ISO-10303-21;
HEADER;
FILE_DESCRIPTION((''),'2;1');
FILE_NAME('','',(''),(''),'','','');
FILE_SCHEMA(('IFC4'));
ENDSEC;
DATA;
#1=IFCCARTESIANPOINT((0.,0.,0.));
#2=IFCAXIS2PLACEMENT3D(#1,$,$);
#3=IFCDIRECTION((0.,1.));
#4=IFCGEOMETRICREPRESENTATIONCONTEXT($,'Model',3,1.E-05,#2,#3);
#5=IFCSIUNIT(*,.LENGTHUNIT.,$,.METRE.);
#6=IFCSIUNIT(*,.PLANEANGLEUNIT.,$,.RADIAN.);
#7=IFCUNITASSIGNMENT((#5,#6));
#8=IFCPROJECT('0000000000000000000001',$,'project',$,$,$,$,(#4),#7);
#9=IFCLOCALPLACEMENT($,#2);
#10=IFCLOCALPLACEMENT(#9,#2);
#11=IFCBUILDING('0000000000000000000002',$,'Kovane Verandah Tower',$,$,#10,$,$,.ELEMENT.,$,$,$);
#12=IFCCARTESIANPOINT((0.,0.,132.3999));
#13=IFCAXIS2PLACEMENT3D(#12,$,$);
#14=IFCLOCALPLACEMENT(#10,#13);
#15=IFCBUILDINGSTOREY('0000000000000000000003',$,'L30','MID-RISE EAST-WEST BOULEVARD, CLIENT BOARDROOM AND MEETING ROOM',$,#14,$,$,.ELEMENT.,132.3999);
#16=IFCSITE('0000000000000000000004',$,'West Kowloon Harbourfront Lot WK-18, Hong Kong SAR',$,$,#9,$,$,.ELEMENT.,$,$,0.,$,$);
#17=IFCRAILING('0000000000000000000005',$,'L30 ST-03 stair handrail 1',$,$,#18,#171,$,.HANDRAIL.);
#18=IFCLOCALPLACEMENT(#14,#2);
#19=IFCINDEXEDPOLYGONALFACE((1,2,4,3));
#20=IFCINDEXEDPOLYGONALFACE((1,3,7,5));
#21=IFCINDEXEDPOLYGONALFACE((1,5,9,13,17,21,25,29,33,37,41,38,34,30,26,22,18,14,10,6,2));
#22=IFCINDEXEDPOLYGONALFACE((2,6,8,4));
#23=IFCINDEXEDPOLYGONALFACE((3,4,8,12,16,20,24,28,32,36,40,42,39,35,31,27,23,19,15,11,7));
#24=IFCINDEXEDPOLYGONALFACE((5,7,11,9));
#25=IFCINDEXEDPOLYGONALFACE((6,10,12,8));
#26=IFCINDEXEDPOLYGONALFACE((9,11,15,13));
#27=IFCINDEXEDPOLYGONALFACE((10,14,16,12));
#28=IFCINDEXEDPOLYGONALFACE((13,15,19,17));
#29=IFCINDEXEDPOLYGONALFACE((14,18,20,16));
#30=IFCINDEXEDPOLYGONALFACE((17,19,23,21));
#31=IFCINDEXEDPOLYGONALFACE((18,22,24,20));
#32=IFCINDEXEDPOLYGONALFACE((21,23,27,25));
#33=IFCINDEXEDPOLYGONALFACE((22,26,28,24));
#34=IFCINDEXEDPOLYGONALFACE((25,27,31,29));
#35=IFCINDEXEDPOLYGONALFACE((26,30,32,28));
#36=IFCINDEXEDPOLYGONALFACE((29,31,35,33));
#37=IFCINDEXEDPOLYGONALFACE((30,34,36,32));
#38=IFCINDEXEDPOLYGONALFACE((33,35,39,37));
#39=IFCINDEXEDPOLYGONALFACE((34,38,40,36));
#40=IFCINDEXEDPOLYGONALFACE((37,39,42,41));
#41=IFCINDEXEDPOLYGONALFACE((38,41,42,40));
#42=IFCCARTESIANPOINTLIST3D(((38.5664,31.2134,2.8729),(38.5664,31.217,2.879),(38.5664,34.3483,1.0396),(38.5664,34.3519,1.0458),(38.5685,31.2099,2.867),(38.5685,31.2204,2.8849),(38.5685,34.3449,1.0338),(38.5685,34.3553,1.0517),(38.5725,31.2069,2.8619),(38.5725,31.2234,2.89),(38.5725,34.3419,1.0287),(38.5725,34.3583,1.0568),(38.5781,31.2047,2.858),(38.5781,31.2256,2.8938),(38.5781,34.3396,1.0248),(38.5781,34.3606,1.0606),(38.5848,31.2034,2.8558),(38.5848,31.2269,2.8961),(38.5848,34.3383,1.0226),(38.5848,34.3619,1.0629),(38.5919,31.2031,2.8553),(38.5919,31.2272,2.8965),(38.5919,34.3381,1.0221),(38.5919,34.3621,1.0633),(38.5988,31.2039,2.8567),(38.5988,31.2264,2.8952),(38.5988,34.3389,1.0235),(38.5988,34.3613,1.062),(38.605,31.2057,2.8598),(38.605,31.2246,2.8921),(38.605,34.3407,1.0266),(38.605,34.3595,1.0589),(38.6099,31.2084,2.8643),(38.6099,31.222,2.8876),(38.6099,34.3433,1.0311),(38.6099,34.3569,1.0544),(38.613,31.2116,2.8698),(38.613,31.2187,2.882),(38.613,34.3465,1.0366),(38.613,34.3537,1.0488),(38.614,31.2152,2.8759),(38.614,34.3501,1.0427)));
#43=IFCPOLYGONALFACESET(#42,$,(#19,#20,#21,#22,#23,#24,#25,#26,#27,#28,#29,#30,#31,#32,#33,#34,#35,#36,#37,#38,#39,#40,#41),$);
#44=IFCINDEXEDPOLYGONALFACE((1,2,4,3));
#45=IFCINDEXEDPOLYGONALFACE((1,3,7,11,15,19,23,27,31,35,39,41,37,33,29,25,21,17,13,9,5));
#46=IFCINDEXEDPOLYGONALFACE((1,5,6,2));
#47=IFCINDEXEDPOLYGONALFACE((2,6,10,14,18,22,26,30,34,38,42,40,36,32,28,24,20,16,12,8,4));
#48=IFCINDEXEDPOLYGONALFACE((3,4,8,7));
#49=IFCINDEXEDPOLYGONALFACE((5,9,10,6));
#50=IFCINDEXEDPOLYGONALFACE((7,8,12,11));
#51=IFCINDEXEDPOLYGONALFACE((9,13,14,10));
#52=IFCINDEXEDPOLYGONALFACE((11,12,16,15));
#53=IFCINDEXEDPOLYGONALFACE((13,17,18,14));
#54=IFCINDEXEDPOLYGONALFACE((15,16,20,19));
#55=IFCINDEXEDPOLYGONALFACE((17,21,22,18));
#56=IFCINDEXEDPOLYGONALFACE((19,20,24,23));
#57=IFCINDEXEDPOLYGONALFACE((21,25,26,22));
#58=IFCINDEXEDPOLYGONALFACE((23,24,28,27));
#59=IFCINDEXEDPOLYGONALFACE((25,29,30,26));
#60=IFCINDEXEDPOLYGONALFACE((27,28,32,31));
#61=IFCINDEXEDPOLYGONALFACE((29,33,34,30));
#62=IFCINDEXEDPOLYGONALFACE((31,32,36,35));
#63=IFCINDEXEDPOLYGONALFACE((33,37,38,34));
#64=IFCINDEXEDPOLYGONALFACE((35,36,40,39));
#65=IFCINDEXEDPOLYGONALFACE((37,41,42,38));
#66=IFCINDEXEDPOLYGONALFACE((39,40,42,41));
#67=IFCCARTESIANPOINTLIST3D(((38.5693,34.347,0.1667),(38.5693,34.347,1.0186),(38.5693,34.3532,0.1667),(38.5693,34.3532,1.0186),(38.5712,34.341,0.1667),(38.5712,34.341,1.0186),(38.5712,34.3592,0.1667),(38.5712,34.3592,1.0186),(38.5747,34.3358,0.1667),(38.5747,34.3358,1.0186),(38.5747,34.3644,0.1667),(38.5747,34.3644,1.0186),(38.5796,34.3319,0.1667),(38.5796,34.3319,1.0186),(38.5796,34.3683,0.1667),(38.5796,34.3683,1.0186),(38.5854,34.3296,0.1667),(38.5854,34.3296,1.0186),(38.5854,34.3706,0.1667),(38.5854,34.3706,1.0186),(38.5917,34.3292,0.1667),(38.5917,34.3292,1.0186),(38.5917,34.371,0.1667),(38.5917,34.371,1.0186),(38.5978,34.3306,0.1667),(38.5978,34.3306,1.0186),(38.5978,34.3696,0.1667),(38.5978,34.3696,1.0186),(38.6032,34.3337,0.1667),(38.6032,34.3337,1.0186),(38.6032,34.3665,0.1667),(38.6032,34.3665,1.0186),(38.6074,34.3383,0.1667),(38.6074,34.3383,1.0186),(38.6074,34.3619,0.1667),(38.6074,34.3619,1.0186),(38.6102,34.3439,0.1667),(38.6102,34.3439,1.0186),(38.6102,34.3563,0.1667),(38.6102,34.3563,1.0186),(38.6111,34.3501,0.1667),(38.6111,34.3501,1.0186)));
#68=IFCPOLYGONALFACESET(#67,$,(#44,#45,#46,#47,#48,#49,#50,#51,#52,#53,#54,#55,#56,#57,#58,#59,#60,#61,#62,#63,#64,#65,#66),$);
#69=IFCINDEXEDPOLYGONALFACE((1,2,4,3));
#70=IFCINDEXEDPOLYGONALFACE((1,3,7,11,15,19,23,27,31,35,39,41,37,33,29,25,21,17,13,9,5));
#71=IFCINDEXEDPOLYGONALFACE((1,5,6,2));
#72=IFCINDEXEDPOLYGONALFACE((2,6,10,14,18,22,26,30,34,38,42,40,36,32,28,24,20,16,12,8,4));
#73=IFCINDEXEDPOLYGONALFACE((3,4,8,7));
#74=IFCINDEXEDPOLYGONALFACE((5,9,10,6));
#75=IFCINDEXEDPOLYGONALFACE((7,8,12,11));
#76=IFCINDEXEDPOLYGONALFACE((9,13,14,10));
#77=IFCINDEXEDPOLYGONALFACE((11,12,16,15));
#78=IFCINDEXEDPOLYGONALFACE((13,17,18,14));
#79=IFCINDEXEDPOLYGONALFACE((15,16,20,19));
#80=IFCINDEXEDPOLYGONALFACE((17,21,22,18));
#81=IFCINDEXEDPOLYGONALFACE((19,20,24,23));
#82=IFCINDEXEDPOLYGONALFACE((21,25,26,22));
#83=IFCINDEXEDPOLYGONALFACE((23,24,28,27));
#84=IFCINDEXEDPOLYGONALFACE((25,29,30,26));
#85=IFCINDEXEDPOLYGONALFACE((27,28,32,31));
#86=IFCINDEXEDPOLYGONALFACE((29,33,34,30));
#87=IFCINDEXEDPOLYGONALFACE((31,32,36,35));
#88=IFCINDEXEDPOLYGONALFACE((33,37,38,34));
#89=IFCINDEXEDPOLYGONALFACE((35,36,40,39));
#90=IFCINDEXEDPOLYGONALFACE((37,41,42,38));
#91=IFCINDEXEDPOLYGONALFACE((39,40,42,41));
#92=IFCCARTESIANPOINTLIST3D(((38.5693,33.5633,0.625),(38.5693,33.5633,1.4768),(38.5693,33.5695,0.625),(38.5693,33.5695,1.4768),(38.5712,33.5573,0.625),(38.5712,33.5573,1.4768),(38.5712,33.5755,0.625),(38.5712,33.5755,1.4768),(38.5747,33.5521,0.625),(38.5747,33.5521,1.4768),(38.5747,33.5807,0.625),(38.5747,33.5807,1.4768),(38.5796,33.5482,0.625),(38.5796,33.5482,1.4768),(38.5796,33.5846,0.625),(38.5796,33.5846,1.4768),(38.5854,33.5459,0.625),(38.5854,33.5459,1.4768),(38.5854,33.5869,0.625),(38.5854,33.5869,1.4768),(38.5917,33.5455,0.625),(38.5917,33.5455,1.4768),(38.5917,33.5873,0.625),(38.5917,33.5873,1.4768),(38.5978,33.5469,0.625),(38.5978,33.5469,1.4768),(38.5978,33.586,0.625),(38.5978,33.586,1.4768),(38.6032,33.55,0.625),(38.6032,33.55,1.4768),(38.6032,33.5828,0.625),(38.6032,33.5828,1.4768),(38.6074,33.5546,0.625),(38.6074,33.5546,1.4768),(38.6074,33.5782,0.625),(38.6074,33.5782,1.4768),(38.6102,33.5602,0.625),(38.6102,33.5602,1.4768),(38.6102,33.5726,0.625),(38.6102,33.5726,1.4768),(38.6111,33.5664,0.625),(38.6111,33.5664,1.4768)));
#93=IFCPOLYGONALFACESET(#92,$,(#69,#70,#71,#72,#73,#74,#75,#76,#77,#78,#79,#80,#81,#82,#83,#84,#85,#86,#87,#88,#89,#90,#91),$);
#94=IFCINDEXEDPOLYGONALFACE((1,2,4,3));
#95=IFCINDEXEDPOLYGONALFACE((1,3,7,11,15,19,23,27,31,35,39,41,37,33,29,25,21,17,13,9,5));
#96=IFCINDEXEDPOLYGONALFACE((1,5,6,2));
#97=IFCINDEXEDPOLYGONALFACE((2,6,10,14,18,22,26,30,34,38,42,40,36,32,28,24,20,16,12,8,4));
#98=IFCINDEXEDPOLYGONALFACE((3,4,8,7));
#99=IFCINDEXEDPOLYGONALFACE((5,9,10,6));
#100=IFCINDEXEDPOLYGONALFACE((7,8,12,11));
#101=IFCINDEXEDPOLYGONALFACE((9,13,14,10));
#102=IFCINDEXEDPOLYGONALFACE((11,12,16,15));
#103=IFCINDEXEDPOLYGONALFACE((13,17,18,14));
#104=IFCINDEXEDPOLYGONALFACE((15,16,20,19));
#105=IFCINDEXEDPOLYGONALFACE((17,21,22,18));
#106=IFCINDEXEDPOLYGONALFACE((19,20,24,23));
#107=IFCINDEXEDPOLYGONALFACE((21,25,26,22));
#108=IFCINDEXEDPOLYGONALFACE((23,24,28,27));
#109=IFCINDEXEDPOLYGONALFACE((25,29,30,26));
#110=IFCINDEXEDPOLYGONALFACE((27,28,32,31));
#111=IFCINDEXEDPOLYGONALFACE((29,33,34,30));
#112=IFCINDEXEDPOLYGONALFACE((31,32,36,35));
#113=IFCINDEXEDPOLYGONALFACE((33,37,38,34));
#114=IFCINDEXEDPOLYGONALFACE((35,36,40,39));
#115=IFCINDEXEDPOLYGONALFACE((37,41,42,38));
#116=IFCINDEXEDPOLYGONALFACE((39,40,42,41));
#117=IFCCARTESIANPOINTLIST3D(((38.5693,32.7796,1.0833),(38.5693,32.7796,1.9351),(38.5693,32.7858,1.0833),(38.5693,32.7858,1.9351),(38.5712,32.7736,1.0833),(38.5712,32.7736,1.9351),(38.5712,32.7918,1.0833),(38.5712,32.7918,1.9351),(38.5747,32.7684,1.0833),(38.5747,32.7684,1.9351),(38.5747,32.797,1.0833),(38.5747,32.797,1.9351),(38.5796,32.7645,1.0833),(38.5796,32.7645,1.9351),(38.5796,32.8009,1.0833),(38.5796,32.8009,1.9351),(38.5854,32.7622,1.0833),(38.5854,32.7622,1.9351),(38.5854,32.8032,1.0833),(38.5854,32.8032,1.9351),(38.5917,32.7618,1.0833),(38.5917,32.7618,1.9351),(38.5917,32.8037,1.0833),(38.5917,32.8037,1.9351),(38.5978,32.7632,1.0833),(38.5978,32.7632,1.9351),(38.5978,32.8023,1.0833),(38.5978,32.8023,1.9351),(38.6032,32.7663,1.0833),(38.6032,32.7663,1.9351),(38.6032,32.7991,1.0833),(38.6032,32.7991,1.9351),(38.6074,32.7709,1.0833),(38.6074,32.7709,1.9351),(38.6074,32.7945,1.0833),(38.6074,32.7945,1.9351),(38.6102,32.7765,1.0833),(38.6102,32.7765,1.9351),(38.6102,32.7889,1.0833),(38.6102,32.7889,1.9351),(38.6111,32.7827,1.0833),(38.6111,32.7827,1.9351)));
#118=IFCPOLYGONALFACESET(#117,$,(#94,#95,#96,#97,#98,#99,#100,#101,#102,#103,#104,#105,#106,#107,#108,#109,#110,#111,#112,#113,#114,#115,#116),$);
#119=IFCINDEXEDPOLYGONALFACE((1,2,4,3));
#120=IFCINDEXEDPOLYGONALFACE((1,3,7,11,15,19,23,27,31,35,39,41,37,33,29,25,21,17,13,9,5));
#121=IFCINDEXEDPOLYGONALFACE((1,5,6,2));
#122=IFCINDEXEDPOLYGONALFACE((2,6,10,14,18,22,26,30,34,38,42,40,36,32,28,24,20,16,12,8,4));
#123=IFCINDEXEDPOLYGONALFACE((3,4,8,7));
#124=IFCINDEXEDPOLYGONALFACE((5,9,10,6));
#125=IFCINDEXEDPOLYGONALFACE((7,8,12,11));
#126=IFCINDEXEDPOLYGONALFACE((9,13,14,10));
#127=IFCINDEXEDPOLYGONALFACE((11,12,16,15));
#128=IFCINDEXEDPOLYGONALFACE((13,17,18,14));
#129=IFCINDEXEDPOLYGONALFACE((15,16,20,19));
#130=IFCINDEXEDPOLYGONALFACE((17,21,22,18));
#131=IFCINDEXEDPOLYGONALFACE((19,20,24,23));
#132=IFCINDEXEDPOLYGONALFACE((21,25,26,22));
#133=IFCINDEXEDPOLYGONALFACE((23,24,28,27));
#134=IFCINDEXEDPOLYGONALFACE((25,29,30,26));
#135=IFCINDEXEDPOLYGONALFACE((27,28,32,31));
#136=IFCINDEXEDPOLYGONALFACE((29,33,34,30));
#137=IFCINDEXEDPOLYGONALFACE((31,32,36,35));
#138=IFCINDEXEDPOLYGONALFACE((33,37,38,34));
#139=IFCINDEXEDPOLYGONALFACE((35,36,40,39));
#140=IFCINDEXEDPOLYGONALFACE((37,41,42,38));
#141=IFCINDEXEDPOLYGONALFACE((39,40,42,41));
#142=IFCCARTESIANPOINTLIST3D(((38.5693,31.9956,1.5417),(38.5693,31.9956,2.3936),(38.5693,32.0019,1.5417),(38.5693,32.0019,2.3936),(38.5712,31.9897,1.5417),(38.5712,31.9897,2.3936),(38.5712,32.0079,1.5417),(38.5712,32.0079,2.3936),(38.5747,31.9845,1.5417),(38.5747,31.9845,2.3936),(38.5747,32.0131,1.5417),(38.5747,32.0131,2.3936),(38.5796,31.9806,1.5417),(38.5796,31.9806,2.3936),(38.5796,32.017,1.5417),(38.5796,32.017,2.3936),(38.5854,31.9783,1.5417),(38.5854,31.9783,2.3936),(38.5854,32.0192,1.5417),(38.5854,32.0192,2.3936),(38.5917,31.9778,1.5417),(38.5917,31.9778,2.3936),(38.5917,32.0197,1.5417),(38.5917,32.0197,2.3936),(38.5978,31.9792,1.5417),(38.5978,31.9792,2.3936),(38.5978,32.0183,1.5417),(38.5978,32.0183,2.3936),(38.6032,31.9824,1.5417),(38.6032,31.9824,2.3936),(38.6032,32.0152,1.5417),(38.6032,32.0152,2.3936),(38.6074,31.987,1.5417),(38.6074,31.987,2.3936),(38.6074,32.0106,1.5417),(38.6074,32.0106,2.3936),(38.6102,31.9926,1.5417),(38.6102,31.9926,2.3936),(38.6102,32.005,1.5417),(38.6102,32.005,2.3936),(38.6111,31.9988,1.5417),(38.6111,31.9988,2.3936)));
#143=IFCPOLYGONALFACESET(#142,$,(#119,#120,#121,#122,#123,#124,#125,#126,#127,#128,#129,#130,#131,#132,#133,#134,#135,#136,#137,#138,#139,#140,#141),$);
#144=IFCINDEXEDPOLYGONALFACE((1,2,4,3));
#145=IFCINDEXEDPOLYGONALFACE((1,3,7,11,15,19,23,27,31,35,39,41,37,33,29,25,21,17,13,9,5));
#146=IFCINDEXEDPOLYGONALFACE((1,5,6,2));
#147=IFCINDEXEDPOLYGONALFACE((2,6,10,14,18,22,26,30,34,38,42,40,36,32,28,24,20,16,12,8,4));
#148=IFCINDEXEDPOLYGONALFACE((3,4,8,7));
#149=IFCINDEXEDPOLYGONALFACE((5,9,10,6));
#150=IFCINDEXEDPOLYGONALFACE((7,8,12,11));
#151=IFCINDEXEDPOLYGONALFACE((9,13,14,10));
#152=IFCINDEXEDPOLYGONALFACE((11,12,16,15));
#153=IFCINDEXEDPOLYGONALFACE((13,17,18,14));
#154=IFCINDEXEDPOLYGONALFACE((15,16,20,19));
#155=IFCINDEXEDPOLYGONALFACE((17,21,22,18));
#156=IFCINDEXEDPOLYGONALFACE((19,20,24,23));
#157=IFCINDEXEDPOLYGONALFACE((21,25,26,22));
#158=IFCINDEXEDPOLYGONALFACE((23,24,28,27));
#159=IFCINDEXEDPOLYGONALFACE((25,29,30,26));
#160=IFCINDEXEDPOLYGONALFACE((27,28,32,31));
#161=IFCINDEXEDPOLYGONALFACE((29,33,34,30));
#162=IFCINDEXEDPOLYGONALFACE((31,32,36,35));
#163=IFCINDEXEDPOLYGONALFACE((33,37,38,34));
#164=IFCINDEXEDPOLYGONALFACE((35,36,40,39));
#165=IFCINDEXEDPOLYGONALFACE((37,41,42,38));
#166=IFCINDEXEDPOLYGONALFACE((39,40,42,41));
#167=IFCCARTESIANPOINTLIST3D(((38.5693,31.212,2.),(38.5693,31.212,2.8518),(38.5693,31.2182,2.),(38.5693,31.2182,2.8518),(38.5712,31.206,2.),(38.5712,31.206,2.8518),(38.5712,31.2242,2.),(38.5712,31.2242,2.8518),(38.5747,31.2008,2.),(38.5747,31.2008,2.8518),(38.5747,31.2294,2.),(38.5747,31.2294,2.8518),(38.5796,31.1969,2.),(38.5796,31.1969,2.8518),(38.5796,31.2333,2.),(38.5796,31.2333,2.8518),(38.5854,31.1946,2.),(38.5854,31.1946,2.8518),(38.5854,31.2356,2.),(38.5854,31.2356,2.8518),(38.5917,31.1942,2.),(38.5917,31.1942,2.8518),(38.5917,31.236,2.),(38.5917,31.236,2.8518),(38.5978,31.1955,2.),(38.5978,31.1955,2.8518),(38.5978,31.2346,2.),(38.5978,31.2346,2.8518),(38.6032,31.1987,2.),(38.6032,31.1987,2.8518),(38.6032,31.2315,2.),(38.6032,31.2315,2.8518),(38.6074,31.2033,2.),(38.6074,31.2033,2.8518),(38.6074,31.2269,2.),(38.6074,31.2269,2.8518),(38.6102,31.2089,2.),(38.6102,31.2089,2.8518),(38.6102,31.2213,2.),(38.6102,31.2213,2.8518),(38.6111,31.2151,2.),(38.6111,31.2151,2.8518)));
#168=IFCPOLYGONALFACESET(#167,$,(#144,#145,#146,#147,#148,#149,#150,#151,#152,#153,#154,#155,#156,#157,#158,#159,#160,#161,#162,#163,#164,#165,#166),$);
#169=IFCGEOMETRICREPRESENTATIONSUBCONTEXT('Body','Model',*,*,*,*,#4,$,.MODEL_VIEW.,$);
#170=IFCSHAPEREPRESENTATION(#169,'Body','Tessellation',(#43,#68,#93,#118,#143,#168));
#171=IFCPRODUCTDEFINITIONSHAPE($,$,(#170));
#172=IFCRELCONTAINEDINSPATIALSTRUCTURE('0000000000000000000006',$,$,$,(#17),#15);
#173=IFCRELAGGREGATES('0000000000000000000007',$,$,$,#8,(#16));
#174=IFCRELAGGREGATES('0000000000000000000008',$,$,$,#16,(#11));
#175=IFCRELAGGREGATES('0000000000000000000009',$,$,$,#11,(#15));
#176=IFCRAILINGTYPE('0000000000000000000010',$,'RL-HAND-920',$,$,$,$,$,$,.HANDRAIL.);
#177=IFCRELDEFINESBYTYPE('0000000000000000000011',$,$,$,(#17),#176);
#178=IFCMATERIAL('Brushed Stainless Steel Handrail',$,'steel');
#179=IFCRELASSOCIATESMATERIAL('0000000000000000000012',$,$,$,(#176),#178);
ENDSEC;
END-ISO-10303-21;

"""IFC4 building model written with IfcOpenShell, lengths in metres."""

from ifc_helpers import new_model, si_unit, direction, frame, origin, origin_2d, place, context, subcontext, project, spatial, circle, extrude, material, type_object, element, save


model = new_model("IFC4")

# Units and contexts
model_context = context("Model", 3, precision=1e-05, world=origin(), true_north=direction((0.0, 1.0)))
body_context = subcontext(model_context, "Body", "Model", "MODEL_VIEW")
ifc_project = project(units=[si_unit("LENGTHUNIT", "METRE"), si_unit("PLANEANGLEUNIT", "RADIAN")], contexts=[model_context])

# Site, building, storey
site_placement = place(None, origin())
site = spatial("IfcSite", under=ifc_project, at=site_placement, Name="West Kowloon Harbourfront Lot WK-18, Hong Kong SAR", CompositionType="ELEMENT", RefElevation=0.0)
building_placement = place(site_placement, origin())
building = spatial("IfcBuilding", under=site, at=building_placement, Name="Kovane Verandah Tower", CompositionType="ELEMENT")
storey_placement = place(building_placement, frame((0.0, 0.0, 132.3999)))
storey = spatial("IfcBuildingStorey", under=building, at=storey_placement, Name="L30", Description="MID-RISE EAST-WEST BOULEVARD, CLIENT BOARDROOM AND MEETING ROOM", CompositionType="ELEMENT", Elevation=132.3999)

# Railing
ifc_material_1 = material(Name="Brushed Stainless Steel Handrail", Category="steel")
railing_type_1 = type_object("IfcRailingType", Name="RL-HAND-920", PredefinedType="HANDRAIL", material=ifc_material_1)
railing_1_placement = place(storey_placement, frame((38.5901, 34.3501, 0.1667)))
element("IfcRailing", 1, at=railing_1_placement, inside=storey, type_object=railing_type_1, Name="L30 ST-03 stair handrail 1", PredefinedType="HANDRAIL", context=body_context, shape_type="SweptSolid", body=[
    extrude(circle(Radius=0.0239, at=origin_2d()), frame((0.0, 0.0, 0.876), z_axis=(0.0, -0.86324, 0.504794), x_axis=(1.0, 0.0, 0.0)), (0.0, 0.0, 1.0), 3.6316),
    extrude(circle(Radius=0.021, at=origin_2d()), origin(), (0.0, 0.0, 1.0), 0.8518),
    extrude(circle(Radius=0.021, at=origin_2d()), frame((0.0, -0.7837, 0.4583)), (0.0, 0.0, 1.0), 0.8518),
    extrude(circle(Radius=0.021, at=origin_2d()), frame((0.0, -1.5674, 0.9165)), (0.0, 0.0, 1.0), 0.8518),
    extrude(circle(Radius=0.021, at=origin_2d()), frame((0.0, -2.3513, 1.375)), (0.0, 0.0, 1.0), 0.8518),
    extrude(circle(Radius=0.021, at=origin_2d()), frame((0.0, -3.135, 1.8333)), (0.0, 0.0, 1.0), 0.8518),
])

save(model, "model.ifc")
